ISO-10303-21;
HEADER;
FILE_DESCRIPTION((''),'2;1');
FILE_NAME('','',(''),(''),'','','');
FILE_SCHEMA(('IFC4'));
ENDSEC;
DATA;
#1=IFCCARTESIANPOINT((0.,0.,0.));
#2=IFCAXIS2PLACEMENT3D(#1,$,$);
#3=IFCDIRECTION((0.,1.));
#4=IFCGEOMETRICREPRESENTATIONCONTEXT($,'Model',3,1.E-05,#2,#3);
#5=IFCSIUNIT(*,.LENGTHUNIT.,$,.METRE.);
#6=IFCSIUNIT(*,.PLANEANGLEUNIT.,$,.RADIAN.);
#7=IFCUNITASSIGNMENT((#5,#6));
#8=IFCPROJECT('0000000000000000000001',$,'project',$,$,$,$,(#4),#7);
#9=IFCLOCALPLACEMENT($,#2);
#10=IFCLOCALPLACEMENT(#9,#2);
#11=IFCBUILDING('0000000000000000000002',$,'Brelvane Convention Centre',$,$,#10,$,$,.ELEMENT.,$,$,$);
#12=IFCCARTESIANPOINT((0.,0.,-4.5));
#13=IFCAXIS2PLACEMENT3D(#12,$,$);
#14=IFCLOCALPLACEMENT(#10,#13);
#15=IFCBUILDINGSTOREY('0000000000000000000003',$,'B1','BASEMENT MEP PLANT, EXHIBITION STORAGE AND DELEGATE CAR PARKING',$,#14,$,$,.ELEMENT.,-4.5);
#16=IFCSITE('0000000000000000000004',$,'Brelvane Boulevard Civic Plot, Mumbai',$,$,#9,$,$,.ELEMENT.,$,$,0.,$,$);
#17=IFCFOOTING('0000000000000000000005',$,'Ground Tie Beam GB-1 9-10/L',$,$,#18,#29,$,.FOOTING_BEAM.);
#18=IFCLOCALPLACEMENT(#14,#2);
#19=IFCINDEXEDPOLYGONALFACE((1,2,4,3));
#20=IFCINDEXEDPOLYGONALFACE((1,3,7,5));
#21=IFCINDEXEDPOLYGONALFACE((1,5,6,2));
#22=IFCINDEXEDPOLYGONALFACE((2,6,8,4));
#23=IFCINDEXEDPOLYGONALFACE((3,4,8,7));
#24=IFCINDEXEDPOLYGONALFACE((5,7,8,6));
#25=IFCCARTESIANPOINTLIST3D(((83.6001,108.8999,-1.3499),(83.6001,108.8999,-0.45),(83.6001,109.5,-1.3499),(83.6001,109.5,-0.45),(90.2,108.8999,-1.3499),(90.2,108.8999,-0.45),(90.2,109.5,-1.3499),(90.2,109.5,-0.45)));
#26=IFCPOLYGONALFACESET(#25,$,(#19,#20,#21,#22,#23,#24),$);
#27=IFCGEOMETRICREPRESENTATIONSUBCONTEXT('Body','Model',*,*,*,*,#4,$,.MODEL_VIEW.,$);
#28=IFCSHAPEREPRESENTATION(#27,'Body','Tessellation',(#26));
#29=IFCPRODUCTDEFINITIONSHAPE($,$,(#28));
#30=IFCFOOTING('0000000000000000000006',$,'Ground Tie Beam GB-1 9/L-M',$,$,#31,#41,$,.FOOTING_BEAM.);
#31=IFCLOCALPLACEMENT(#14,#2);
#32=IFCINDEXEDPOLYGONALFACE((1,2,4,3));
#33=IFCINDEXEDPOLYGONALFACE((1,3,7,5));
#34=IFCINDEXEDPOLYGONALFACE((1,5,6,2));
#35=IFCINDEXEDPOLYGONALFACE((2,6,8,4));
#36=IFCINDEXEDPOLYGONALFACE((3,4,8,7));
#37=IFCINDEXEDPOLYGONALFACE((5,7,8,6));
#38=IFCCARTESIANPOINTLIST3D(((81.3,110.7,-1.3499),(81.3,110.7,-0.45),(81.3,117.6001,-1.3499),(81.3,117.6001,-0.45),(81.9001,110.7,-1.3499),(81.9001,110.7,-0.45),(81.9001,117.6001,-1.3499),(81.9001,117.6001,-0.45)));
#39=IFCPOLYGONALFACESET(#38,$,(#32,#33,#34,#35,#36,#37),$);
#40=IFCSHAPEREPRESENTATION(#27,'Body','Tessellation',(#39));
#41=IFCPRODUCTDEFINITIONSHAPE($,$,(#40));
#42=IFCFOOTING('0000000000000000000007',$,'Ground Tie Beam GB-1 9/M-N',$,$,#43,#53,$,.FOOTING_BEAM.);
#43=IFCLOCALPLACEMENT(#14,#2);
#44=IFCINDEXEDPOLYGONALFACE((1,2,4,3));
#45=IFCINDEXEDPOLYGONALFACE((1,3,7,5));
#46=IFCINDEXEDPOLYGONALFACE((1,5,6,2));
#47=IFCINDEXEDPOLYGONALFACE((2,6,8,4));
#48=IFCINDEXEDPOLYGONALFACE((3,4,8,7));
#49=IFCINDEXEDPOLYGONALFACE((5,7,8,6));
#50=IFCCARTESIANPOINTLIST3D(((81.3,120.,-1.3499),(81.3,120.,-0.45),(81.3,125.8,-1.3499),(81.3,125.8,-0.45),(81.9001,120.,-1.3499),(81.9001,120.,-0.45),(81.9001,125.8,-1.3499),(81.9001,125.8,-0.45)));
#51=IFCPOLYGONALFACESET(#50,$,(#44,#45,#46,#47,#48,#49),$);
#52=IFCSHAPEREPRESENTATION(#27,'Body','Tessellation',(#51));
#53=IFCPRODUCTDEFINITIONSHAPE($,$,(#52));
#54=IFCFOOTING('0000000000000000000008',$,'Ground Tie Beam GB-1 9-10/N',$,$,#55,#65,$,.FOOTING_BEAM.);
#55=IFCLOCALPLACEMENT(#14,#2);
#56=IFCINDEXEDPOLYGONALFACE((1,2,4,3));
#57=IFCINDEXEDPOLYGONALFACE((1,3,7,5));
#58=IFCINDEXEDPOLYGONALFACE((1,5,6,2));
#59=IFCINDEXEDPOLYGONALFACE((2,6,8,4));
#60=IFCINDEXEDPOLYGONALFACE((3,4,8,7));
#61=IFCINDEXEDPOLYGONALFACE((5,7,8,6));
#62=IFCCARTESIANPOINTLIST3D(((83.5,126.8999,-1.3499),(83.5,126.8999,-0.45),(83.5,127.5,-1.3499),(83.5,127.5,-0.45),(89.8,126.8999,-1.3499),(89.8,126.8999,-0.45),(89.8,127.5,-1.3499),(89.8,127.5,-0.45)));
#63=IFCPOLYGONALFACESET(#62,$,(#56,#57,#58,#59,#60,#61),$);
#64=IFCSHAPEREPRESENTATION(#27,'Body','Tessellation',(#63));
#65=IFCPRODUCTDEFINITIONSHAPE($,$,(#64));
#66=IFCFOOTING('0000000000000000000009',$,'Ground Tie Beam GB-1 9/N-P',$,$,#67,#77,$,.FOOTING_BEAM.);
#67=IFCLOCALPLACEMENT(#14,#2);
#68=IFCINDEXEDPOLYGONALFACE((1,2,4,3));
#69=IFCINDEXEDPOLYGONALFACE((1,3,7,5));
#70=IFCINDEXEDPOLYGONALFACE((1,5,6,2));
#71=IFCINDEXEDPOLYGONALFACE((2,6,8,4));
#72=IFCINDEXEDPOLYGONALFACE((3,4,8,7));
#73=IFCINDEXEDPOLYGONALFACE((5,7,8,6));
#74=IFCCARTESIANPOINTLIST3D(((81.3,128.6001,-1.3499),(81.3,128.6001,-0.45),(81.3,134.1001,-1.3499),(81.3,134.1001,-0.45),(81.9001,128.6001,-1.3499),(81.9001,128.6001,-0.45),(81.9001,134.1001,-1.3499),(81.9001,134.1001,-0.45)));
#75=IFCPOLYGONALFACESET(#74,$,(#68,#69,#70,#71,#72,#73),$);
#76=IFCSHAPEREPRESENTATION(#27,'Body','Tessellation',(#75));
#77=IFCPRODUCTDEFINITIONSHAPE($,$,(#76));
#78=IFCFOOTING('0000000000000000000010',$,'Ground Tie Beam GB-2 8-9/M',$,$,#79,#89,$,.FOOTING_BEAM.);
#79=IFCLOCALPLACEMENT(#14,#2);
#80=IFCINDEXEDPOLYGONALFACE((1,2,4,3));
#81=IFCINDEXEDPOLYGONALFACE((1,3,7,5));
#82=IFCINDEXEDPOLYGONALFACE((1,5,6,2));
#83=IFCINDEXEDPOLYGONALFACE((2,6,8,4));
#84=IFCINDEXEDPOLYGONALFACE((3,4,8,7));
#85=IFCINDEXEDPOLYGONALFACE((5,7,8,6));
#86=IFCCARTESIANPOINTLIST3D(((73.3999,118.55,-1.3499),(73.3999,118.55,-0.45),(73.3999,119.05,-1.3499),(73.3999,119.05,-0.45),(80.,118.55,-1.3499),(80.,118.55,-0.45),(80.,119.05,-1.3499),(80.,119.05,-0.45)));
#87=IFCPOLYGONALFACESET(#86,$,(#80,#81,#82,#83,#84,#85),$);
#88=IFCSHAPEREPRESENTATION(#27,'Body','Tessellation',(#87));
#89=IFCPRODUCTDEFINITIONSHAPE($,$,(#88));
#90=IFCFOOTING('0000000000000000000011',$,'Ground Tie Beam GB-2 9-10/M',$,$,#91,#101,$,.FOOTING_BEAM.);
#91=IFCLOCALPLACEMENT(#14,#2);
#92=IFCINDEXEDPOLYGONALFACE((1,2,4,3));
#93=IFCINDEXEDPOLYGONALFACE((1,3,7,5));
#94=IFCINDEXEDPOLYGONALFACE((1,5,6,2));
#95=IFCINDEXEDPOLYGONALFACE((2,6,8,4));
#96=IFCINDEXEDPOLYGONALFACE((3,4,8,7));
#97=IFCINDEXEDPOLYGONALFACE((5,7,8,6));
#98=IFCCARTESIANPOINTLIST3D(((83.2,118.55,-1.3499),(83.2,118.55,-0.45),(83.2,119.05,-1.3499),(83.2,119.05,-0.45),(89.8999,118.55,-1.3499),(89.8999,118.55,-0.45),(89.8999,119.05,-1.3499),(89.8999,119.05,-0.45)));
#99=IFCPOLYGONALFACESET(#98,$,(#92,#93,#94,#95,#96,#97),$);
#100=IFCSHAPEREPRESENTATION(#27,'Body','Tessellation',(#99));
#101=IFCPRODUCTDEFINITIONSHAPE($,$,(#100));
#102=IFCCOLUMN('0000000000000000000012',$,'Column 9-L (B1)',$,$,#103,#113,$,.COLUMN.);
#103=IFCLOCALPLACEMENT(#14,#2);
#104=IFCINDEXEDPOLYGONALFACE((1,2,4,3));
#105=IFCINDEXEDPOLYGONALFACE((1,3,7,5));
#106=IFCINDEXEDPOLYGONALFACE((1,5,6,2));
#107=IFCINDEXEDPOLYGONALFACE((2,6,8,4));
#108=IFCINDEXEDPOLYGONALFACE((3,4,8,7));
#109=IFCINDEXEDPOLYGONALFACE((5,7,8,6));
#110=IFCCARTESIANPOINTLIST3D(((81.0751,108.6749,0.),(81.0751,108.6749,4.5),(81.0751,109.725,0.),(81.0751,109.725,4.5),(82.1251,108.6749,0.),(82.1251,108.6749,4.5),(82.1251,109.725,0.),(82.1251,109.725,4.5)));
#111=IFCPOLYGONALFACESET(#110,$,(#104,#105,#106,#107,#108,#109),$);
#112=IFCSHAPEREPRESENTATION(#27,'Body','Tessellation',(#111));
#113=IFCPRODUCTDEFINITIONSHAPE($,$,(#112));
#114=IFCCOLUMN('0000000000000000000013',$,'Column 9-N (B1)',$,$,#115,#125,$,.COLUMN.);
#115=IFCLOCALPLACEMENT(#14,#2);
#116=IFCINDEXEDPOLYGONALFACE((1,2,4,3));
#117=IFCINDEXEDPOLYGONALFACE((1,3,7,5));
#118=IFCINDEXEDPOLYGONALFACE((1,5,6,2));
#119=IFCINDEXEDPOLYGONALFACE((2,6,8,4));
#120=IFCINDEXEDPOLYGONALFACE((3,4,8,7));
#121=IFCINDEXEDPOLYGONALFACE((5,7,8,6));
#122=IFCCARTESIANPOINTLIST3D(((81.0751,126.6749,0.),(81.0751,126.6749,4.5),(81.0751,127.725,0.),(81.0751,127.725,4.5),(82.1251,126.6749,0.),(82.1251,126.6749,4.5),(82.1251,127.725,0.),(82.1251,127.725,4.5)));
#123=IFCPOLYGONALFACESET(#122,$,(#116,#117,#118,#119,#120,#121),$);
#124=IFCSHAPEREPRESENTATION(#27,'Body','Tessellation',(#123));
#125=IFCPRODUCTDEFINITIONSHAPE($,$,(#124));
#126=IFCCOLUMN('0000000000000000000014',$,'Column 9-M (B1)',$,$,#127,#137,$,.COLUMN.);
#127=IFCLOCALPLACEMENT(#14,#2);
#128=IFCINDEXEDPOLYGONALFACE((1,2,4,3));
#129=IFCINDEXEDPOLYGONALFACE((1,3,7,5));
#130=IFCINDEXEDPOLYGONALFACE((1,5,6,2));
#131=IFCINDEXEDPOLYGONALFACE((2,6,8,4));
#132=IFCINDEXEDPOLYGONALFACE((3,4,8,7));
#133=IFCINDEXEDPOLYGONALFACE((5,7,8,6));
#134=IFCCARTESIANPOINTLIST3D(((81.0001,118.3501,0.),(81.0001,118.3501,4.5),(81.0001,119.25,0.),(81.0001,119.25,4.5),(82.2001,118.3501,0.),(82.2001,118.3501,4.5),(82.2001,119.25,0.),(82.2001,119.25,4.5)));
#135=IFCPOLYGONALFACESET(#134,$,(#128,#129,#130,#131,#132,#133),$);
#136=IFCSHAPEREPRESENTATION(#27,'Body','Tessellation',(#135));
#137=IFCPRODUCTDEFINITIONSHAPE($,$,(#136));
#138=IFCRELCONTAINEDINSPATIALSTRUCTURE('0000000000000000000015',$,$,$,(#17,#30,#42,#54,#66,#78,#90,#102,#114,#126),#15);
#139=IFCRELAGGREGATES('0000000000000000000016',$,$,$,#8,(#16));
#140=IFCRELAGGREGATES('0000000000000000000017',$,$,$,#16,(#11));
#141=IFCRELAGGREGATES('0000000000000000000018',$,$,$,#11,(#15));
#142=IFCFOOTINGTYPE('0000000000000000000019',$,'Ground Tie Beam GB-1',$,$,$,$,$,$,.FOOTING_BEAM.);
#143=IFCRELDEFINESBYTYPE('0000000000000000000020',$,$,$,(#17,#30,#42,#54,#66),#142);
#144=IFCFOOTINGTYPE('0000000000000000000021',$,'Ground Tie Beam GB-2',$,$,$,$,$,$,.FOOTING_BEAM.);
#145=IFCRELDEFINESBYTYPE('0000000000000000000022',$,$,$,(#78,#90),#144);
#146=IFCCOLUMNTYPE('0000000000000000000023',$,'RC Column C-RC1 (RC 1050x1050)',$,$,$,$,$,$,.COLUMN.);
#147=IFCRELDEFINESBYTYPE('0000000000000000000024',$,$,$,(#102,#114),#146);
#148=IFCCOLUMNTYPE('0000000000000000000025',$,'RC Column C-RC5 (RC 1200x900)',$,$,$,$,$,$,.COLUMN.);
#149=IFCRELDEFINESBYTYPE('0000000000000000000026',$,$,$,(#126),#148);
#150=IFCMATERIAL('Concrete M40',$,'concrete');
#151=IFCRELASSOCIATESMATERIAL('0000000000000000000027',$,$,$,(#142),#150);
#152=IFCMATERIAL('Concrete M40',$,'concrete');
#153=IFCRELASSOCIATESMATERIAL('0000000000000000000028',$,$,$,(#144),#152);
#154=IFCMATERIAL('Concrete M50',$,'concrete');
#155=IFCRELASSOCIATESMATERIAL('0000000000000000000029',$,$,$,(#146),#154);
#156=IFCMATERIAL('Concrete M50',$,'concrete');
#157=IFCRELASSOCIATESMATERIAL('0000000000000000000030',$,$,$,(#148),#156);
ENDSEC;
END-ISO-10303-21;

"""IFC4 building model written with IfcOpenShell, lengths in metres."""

from ifc_helpers import new_model, si_unit, direction, frame, origin, origin_2d, place, context, subcontext, project, spatial, rectangle, extrude, material, material_profile, profile_set, type_object, element, save


model = new_model("IFC4")

# Units and contexts
model_context = context("Model", 3, precision=1e-05, world=origin(), true_north=direction((0.0, 1.0)))
body_context = subcontext(model_context, "Body", "Model", "MODEL_VIEW")
ifc_project = project(units=[si_unit("LENGTHUNIT", "METRE"), si_unit("PLANEANGLEUNIT", "RADIAN")], contexts=[model_context])

# Site, building, storey
site_placement = place(None, origin())
site = spatial("IfcSite", under=ifc_project, at=site_placement, Name="Brelvane Boulevard Civic Plot, Mumbai", CompositionType="ELEMENT", RefElevation=0.0)
building_placement = place(site_placement, origin())
building = spatial("IfcBuilding", under=site, at=building_placement, Name="Brelvane Convention Centre", CompositionType="ELEMENT")
storey_placement = place(building_placement, frame((0.0, 0.0, -4.5)))
storey = spatial("IfcBuildingStorey", under=building, at=storey_placement, Name="B1", Description="BASEMENT MEP PLANT, EXHIBITION STORAGE AND DELEGATE CAR PARKING", CompositionType="ELEMENT", Elevation=-4.5)

# Footings
ifc_material_1 = material(Name="Concrete M40", Category="concrete")
ifc_material_profile_1 = material_profile(ifc_material_1, rectangle(XDim=0.6001, YDim=0.8999, at=origin_2d()), Name="RC 600x900")
ifc_profile_set_1 = profile_set([ifc_material_profile_1], Name="Concrete M40")
footing_type_1 = type_object("IfcFootingType", Name="Ground Tie Beam GB-1", PredefinedType="FOOTING_BEAM", material=ifc_profile_set_1)
footing_1_placement = place(storey_placement, frame((83.6001, 109.2, -0.8999), z_axis=(1.0, 0.0, 0.0), x_axis=(0.0, 1.0, 0.0)))
element("IfcFooting", 1, at=footing_1_placement, inside=storey, type_object=footing_type_1, Name="Ground Tie Beam GB-1 9-10/L", PredefinedType="FOOTING_BEAM", context=body_context, shape_type="SweptSolid", body=[
    extrude(rectangle(XDim=0.6001, YDim=0.8999, at=origin_2d()), origin(), (0.0, 0.0, 1.0), 6.5999),
])
footing_2_placement = place(storey_placement, frame((81.6001, 110.7, -0.8999), z_axis=(0.0, 1.0, 0.0), x_axis=(-1.0, 0.0, 0.0)))
element("IfcFooting", 2, at=footing_2_placement, inside=storey, type_object=footing_type_1, Name="Ground Tie Beam GB-1 9/L-M", PredefinedType="FOOTING_BEAM", context=body_context, shape_type="SweptSolid", body=[
    extrude(rectangle(XDim=0.6001, YDim=0.8999, at=origin_2d()), origin(), (0.0, 0.0, 1.0), 6.9001),
])
footing_3_placement = place(storey_placement, frame((81.6001, 120.0, -0.8999), z_axis=(0.0, 1.0, 0.0), x_axis=(-1.0, 0.0, 0.0)))
element("IfcFooting", 3, at=footing_3_placement, inside=storey, type_object=footing_type_1, Name="Ground Tie Beam GB-1 9/M-N", PredefinedType="FOOTING_BEAM", context=body_context, shape_type="SweptSolid", body=[
    extrude(rectangle(XDim=0.6001, YDim=0.8999, at=origin_2d()), origin(), (0.0, 0.0, 1.0), 5.8),
])
footing_4_placement = place(storey_placement, frame((83.5, 127.2, -0.8999), z_axis=(1.0, 0.0, 0.0), x_axis=(0.0, 1.0, 0.0)))
element("IfcFooting", 4, at=footing_4_placement, inside=storey, type_object=footing_type_1, Name="Ground Tie Beam GB-1 9-10/N", PredefinedType="FOOTING_BEAM", context=body_context, shape_type="SweptSolid", body=[
    extrude(rectangle(XDim=0.6001, YDim=0.8999, at=origin_2d()), origin(), (0.0, 0.0, 1.0), 6.3),
])
footing_5_placement = place(storey_placement, frame((81.6001, 128.6001, -0.8999), z_axis=(0.0, 1.0, 0.0), x_axis=(-1.0, 0.0, 0.0)))
element("IfcFooting", 5, at=footing_5_placement, inside=storey, type_object=footing_type_1, Name="Ground Tie Beam GB-1 9/N-P", PredefinedType="FOOTING_BEAM", context=body_context, shape_type="SweptSolid", body=[
    extrude(rectangle(XDim=0.6001, YDim=0.8999, at=origin_2d()), origin(), (0.0, 0.0, 1.0), 5.5),
])
ifc_material_2 = material(Name="Concrete M40", Category="concrete")
ifc_material_profile_2 = material_profile(ifc_material_2, rectangle(XDim=0.5, YDim=0.8999, at=origin_2d()), Name="RC 500x900")
ifc_profile_set_2 = profile_set([ifc_material_profile_2], Name="Concrete M40")
footing_type_2 = type_object("IfcFootingType", Name="Ground Tie Beam GB-2", PredefinedType="FOOTING_BEAM", material=ifc_profile_set_2)
footing_6_placement = place(storey_placement, frame((73.3999, 118.8, -0.8999), z_axis=(1.0, 0.0, 0.0), x_axis=(0.0, 1.0, 0.0)))
element("IfcFooting", 6, at=footing_6_placement, inside=storey, type_object=footing_type_2, Name="Ground Tie Beam GB-2 8-9/M", PredefinedType="FOOTING_BEAM", context=body_context, shape_type="SweptSolid", body=[
    extrude(rectangle(XDim=0.5, YDim=0.8999, at=origin_2d()), origin(), (0.0, 0.0, 1.0), 6.6001),
])
footing_7_placement = place(storey_placement, frame((83.2, 118.8, -0.8999), z_axis=(1.0, 0.0, 0.0), x_axis=(0.0, 1.0, 0.0)))
element("IfcFooting", 7, at=footing_7_placement, inside=storey, type_object=footing_type_2, Name="Ground Tie Beam GB-2 9-10/M", PredefinedType="FOOTING_BEAM", context=body_context, shape_type="SweptSolid", body=[
    extrude(rectangle(XDim=0.5, YDim=0.8999, at=origin_2d()), origin(), (0.0, 0.0, 1.0), 6.7),
])

# Columns
ifc_material_3 = material(Name="Concrete M50", Category="concrete")
ifc_material_profile_3 = material_profile(ifc_material_3, rectangle(XDim=1.05, YDim=1.05, at=origin_2d()), Name="RC 1050x1050")
ifc_profile_set_3 = profile_set([ifc_material_profile_3], Name="Concrete M50")
column_type_1 = type_object("IfcColumnType", Name="RC Column C-RC1 (RC 1050x1050)", PredefinedType="COLUMN", material=ifc_profile_set_3)
for number, where, z_axis, x_axis, name in (
    (8, (81.6001, 109.2, 0.0), (0.0, 0.0, 1.0), (1.0, 0.0, 0.0), "Column 9-L (B1)"),
    (9, (81.6001, 127.2, 0.0), (0.0, 0.0, 1.0), (1.0, 0.0, 0.0), "Column 9-N (B1)"),
):
    element("IfcColumn", number, at=place(storey_placement, frame(where, z_axis=z_axis, x_axis=x_axis)), inside=storey, type_object=column_type_1, Name=name, PredefinedType="COLUMN", context=body_context, shape_type="SweptSolid", body=[
        extrude(rectangle(XDim=1.05, YDim=1.05, at=origin_2d()), origin(), (0.0, 0.0, 1.0), 4.5),
    ])
ifc_material_4 = material(Name="Concrete M50", Category="concrete")
ifc_material_profile_4 = material_profile(ifc_material_4, rectangle(XDim=1.2, YDim=0.8999, at=origin_2d()), Name="RC 1200x900")
ifc_profile_set_4 = profile_set([ifc_material_profile_4], Name="Concrete M50")
column_type_2 = type_object("IfcColumnType", Name="RC Column C-RC5 (RC 1200x900)", PredefinedType="COLUMN", material=ifc_profile_set_4)
column_placement = place(storey_placement, frame((81.6001, 118.8, 0.0), z_axis=(0.0, 0.0, 1.0), x_axis=(1.0, 0.0, 0.0)))
element("IfcColumn", 10, at=column_placement, inside=storey, type_object=column_type_2, Name="Column 9-M (B1)", PredefinedType="COLUMN", context=body_context, shape_type="SweptSolid", body=[
    extrude(rectangle(XDim=1.2, YDim=0.8999, at=origin_2d()), origin(), (0.0, 0.0, 1.0), 4.5),
])

save(model, "model.ifc")
